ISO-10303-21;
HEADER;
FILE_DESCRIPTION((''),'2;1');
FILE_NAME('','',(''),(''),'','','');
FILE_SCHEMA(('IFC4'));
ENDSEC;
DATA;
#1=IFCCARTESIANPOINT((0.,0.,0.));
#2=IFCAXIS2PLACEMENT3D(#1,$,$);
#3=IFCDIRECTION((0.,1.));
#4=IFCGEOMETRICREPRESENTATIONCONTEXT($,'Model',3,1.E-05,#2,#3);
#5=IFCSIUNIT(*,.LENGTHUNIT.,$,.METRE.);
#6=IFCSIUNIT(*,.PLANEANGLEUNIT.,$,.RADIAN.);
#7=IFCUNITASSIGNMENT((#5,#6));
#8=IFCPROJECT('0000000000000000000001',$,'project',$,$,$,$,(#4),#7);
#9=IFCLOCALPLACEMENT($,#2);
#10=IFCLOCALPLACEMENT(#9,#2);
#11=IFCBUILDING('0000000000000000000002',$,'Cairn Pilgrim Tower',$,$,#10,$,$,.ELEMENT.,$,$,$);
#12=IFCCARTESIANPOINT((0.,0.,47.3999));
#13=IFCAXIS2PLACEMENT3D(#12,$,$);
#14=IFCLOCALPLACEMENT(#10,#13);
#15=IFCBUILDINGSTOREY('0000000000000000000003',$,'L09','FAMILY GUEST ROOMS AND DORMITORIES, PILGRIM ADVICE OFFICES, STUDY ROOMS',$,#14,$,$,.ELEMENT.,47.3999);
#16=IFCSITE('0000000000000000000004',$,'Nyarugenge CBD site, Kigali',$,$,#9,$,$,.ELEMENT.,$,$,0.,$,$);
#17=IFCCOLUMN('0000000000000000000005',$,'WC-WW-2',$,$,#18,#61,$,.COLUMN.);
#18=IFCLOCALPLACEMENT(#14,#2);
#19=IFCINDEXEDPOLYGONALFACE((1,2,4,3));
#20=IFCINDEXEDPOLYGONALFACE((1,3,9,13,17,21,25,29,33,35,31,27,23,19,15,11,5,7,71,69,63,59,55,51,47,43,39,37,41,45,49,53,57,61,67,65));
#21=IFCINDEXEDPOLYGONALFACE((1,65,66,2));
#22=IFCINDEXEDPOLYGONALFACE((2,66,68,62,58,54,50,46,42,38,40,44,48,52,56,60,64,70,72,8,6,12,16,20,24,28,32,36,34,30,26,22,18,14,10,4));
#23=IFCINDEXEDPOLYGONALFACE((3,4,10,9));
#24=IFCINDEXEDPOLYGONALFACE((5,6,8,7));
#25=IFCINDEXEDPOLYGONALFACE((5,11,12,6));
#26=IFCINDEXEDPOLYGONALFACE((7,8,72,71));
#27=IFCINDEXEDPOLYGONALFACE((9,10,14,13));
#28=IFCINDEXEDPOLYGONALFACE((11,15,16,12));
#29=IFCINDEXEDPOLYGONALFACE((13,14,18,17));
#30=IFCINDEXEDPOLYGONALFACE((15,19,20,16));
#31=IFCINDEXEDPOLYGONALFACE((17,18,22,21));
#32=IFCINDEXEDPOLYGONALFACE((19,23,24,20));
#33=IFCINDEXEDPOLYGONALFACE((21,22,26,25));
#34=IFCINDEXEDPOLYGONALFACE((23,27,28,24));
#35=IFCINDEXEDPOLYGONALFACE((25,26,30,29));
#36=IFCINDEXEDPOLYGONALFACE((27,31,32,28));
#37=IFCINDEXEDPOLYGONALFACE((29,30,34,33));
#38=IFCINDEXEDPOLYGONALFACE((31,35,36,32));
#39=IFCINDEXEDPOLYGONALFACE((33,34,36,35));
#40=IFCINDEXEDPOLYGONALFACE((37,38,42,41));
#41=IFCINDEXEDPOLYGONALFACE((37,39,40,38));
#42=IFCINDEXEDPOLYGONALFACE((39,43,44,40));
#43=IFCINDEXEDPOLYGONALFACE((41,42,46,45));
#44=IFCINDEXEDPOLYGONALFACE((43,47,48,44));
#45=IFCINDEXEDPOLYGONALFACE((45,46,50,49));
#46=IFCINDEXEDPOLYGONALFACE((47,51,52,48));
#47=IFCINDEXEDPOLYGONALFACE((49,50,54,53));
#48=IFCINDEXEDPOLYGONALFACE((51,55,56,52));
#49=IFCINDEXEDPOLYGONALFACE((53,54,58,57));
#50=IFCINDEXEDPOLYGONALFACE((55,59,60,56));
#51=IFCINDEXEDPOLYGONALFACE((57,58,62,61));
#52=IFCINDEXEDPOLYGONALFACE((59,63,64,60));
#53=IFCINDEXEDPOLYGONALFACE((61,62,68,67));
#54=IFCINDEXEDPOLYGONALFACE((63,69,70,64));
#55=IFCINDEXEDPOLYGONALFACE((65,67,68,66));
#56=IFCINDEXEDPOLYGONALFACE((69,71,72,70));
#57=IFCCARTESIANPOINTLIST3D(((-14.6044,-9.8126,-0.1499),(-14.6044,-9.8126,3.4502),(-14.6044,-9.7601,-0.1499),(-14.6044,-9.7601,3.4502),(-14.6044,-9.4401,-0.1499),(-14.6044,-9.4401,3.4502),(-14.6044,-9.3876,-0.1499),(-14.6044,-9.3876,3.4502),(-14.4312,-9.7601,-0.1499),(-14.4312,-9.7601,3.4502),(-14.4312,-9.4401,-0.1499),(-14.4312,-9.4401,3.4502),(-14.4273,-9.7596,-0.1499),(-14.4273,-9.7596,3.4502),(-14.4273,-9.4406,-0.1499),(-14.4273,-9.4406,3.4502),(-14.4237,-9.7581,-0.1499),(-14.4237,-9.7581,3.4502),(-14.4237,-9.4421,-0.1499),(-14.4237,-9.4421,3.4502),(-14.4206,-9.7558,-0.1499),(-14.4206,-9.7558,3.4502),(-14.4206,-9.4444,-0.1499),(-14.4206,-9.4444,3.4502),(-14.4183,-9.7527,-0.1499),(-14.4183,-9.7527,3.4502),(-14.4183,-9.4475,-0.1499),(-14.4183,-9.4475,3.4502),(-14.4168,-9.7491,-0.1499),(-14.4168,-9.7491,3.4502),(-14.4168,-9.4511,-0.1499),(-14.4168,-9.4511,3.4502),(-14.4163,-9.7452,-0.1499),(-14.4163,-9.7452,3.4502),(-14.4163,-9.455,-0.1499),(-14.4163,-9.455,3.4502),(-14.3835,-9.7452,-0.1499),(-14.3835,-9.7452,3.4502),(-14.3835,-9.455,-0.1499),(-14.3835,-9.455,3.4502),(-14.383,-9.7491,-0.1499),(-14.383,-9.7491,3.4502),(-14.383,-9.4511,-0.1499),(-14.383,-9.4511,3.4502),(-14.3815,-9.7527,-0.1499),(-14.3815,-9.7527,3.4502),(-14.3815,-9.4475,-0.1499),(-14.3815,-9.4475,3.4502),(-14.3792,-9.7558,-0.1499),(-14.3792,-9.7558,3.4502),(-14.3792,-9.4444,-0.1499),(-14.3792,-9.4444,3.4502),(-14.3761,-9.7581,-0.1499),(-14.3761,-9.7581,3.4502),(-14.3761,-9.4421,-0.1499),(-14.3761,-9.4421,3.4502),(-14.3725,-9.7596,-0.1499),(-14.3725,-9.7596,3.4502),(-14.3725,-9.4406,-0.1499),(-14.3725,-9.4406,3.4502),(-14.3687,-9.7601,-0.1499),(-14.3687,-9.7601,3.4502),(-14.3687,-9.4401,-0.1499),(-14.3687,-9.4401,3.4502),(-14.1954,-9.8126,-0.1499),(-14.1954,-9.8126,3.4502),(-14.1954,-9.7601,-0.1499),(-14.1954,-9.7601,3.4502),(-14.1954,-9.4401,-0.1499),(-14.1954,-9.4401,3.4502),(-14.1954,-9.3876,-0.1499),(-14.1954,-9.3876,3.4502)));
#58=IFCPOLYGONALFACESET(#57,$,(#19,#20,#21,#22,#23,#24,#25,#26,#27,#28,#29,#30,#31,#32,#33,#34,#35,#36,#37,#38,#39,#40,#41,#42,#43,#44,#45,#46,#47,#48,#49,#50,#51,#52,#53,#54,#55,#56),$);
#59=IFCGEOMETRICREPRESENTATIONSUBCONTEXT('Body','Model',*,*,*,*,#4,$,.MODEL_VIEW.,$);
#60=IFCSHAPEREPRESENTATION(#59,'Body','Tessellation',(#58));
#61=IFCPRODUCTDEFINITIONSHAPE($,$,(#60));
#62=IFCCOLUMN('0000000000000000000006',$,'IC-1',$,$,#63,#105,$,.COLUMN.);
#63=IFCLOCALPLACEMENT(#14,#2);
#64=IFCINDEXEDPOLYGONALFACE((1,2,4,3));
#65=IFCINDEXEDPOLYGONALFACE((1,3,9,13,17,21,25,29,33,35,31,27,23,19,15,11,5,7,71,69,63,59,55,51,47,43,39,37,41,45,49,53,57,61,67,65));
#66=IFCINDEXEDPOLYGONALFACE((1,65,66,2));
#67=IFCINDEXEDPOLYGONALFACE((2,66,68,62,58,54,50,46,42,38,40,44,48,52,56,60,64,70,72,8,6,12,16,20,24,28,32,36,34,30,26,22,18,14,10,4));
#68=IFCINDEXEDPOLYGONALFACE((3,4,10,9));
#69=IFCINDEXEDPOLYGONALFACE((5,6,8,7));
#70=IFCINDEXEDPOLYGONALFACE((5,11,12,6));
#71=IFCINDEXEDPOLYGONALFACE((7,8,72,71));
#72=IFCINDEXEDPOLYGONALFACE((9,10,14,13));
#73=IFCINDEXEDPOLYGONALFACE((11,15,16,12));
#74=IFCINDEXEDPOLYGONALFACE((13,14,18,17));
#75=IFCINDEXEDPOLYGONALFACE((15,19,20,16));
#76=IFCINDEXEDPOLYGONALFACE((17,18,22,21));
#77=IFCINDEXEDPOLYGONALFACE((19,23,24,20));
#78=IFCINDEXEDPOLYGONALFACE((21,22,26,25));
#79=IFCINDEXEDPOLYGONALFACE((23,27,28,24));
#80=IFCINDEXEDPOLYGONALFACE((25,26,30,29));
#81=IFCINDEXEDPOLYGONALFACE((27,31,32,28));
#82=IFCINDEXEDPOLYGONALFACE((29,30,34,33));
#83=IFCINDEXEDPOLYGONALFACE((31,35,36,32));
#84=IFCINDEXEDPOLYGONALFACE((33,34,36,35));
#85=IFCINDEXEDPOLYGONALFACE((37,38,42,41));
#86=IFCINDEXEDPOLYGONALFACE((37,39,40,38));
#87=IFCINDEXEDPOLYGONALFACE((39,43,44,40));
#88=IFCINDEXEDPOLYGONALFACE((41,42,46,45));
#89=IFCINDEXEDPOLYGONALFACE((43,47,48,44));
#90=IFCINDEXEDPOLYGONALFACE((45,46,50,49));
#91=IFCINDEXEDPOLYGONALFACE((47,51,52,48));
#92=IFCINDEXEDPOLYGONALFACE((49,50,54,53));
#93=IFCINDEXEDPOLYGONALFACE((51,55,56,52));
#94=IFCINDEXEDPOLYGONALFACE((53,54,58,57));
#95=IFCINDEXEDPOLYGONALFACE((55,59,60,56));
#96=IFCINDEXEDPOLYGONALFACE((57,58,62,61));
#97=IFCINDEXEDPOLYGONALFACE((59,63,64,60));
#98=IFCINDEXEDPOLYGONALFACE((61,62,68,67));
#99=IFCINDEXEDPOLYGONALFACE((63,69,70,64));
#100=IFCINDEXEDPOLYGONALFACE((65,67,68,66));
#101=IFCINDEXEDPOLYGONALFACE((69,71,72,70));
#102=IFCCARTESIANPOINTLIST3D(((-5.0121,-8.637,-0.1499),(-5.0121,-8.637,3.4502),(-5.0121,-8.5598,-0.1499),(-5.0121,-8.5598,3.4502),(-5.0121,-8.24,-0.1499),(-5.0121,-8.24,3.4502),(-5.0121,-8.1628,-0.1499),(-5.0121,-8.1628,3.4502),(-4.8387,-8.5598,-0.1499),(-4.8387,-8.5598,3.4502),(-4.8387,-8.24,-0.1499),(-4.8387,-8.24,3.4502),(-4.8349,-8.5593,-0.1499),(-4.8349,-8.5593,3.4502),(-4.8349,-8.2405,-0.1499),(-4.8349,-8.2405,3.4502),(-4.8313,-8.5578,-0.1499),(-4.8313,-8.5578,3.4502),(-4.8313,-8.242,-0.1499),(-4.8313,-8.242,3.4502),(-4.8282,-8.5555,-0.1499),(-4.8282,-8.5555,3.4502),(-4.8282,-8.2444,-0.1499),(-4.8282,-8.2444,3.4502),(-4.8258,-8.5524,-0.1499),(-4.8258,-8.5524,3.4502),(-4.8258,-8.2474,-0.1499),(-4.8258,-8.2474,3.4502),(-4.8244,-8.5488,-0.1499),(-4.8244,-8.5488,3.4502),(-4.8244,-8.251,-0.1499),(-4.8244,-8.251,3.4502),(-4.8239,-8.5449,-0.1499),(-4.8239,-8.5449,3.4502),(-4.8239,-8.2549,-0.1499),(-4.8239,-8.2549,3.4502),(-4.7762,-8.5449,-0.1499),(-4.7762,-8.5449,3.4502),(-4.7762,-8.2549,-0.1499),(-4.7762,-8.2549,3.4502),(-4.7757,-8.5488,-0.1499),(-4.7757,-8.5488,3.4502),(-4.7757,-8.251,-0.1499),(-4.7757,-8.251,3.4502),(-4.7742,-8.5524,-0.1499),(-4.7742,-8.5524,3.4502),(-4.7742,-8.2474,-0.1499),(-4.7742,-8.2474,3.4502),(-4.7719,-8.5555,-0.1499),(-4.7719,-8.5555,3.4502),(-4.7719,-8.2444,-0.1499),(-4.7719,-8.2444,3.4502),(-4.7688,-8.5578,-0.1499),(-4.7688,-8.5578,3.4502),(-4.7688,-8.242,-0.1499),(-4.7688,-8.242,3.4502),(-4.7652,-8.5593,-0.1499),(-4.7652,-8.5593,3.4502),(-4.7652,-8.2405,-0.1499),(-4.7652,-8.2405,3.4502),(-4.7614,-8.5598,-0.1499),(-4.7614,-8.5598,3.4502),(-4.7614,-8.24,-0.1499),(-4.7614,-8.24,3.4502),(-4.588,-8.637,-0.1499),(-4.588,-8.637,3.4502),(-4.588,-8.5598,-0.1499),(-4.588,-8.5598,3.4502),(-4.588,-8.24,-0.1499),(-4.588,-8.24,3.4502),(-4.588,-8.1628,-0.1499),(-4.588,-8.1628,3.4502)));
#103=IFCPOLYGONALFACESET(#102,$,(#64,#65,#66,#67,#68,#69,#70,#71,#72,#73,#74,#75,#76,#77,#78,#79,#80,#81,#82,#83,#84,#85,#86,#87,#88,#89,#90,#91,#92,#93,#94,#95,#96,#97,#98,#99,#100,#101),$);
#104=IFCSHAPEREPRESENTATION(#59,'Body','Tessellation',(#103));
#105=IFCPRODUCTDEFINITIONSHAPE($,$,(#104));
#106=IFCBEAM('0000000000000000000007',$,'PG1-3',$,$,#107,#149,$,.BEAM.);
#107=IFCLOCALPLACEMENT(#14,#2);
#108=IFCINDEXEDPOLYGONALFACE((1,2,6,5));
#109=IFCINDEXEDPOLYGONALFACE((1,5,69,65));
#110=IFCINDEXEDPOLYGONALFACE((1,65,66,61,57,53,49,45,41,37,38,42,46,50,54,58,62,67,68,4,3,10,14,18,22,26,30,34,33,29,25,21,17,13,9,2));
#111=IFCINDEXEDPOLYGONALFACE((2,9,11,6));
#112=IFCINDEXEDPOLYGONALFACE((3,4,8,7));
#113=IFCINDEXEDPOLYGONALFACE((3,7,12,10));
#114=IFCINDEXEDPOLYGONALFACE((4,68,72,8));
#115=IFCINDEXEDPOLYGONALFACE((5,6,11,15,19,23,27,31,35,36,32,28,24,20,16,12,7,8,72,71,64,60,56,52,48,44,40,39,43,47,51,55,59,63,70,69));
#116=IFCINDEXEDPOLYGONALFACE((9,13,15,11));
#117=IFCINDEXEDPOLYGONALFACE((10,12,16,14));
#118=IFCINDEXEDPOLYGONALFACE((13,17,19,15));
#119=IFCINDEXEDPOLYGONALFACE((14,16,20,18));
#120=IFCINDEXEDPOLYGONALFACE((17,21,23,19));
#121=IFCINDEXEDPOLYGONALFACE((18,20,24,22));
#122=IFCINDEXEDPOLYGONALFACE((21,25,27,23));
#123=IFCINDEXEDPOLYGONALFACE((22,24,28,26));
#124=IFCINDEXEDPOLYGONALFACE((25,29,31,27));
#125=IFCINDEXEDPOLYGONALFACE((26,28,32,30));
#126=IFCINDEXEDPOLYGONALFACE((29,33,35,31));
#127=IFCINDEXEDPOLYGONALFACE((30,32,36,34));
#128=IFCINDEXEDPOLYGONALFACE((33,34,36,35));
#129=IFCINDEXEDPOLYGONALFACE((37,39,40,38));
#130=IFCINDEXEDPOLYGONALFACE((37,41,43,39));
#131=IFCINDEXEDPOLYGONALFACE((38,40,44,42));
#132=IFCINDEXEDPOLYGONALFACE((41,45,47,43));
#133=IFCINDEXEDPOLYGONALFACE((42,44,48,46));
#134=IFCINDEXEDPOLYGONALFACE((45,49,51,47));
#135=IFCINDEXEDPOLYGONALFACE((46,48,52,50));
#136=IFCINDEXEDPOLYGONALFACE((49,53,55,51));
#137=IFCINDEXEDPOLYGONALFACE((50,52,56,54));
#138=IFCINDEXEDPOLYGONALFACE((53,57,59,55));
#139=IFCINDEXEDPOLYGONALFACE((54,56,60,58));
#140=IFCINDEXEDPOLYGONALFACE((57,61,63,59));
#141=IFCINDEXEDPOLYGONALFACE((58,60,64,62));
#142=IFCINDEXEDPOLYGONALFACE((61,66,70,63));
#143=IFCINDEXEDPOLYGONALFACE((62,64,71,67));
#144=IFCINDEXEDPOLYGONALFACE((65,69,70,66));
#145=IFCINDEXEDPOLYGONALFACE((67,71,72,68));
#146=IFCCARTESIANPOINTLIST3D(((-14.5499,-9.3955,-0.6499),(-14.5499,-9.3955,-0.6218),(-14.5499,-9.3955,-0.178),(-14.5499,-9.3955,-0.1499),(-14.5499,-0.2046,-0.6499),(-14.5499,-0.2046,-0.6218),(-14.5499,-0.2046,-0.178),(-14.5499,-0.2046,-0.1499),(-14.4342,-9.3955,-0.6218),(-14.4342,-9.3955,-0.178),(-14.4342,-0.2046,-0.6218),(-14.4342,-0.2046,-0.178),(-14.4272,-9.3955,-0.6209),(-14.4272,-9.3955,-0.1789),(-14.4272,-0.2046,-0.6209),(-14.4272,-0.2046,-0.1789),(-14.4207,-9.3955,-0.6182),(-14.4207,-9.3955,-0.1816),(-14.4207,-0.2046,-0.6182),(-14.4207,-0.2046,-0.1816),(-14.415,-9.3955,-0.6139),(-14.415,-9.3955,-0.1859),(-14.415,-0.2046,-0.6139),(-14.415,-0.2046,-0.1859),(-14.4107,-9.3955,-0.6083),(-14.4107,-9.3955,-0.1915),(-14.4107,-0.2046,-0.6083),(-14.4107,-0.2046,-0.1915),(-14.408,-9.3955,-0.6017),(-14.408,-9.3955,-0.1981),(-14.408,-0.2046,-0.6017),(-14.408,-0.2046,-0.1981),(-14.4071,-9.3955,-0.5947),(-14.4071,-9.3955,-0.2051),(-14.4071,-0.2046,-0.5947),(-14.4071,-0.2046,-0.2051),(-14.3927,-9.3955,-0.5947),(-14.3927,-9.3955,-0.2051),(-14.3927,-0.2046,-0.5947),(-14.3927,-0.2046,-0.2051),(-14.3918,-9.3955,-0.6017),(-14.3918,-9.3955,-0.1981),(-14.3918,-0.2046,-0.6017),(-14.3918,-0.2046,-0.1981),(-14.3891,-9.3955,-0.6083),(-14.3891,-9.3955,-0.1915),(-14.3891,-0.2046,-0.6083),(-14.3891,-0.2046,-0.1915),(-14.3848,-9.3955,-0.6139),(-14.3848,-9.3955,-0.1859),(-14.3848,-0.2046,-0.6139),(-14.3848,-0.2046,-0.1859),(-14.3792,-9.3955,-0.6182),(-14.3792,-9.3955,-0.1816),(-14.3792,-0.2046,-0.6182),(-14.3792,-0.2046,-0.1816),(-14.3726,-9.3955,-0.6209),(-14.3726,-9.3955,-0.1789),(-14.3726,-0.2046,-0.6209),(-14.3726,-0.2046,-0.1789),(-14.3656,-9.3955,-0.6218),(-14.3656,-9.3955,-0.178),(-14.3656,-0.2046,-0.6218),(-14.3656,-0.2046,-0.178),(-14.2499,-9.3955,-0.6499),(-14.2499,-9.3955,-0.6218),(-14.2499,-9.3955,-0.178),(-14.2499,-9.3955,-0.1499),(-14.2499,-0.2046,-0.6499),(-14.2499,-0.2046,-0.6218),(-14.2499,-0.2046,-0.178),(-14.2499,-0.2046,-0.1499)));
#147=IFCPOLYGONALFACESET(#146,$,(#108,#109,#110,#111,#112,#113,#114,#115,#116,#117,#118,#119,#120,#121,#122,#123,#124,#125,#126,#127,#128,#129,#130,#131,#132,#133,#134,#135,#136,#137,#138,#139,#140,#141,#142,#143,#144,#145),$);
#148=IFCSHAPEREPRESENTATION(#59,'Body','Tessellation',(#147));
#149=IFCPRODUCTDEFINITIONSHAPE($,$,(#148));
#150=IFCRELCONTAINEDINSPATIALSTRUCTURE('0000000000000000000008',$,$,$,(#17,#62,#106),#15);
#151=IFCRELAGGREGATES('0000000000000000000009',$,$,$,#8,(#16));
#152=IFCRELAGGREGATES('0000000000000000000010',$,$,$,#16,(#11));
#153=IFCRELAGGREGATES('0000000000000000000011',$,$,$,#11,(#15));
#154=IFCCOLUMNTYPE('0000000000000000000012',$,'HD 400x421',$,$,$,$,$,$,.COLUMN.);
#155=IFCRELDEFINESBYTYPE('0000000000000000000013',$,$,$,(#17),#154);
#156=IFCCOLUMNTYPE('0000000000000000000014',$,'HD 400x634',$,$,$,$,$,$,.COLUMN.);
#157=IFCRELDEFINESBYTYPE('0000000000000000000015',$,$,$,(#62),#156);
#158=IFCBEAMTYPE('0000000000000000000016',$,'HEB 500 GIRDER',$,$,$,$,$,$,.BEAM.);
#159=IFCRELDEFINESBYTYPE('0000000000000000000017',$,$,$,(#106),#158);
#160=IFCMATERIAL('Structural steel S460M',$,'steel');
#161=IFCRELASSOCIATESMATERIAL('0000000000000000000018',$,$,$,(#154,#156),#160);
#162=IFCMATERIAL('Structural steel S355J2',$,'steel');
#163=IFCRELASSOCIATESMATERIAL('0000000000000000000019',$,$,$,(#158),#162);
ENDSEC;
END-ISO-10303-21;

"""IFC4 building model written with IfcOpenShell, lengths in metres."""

from ifc_helpers import new_model, si_unit, direction, frame, origin, origin_2d, place, context, subcontext, project, spatial, i_section, extrude, material, material_profile, profile_set, type_object, element, save


model = new_model("IFC4")

# Units and contexts
model_context = context("Model", 3, precision=1e-05, world=origin(), true_north=direction((0.0, 1.0)))
body_context = subcontext(model_context, "Body", "Model", "MODEL_VIEW")
ifc_project = project(units=[si_unit("LENGTHUNIT", "METRE"), si_unit("PLANEANGLEUNIT", "RADIAN")], contexts=[model_context])

# Site, building, storey
site_placement = place(None, origin())
site = spatial("IfcSite", under=ifc_project, at=site_placement, Name="Nyarugenge CBD site, Kigali", CompositionType="ELEMENT", RefElevation=0.0)
building_placement = place(site_placement, origin())
building = spatial("IfcBuilding", under=site, at=building_placement, Name="Cairn Pilgrim Tower", CompositionType="ELEMENT")
storey_placement = place(building_placement, frame((0.0, 0.0, 47.3999)))
storey = spatial("IfcBuildingStorey", under=building, at=storey_placement, Name="L09", Description="FAMILY GUEST ROOMS AND DORMITORIES, PILGRIM ADVICE OFFICES, STUDY ROOMS", CompositionType="ELEMENT", Elevation=47.3999)

# Columns
ifc_material_1 = material(Name="Structural steel S460M", Category="steel")
ifc_material_profile_1 = material_profile(ifc_material_1, i_section(OverallWidth=0.4089, OverallDepth=0.425, WebThickness=0.0327, FlangeThickness=0.0525, FilletRadius=0.0149, at=origin_2d()), Name="HD 400x421")
ifc_profile_set_1 = profile_set([ifc_material_profile_1], Name="Structural steel S460M")
column_type_1 = type_object("IfcColumnType", Name="HD 400x421", PredefinedType="COLUMN", material=ifc_profile_set_1)
column_1_placement = place(storey_placement, frame((-14.3999, -9.6001, -0.1499), z_axis=(0.0, 0.0, 1.0), x_axis=(1.0, 0.0, 0.0)))
element("IfcColumn", 1, at=column_1_placement, inside=storey, type_object=column_type_1, Name="WC-WW-2", PredefinedType="COLUMN", context=body_context, shape_type="SweptSolid", body=[
    extrude(i_section(OverallWidth=0.4089, OverallDepth=0.425, WebThickness=0.0327, FlangeThickness=0.0525, FilletRadius=0.0149, at=origin_2d()), origin(), (0.0, 0.0, 1.0), 3.6001),
])
ifc_material_profile_2 = material_profile(ifc_material_1, i_section(OverallWidth=0.4241, OverallDepth=0.4741, WebThickness=0.0476, FlangeThickness=0.0771, FilletRadius=0.0149, at=origin_2d()), Name="HD 400x634")
ifc_profile_set_2 = profile_set([ifc_material_profile_2], Name="Structural steel S460M")
column_type_2 = type_object("IfcColumnType", Name="HD 400x634", PredefinedType="COLUMN", material=ifc_profile_set_2)
column_2_placement = place(storey_placement, frame((-4.8, -8.3999, -0.1499), z_axis=(0.0, 0.0, 1.0), x_axis=(1.0, 0.0, 0.0)))
element("IfcColumn", 2, at=column_2_placement, inside=storey, type_object=column_type_2, Name="IC-1", PredefinedType="COLUMN", context=body_context, shape_type="SweptSolid", body=[
    extrude(i_section(OverallWidth=0.4241, OverallDepth=0.4741, WebThickness=0.0476, FlangeThickness=0.0771, FilletRadius=0.0149, at=origin_2d()), origin(), (0.0, 0.0, 1.0), 3.6001),
])

# Beam
ifc_material_2 = material(Name="Structural steel S355J2", Category="steel")
ifc_material_profile_3 = material_profile(ifc_material_2, i_section(OverallWidth=0.3, OverallDepth=0.5, WebThickness=0.0144, FlangeThickness=0.0281, FilletRadius=0.0271, at=origin_2d()), Name="HEB 500")
ifc_profile_set_3 = profile_set([ifc_material_profile_3], Name="Structural steel S355J2")
beam_type_1 = type_object("IfcBeamType", Name="HEB 500 GIRDER", PredefinedType="BEAM", material=ifc_profile_set_3)
beam_1_placement = place(storey_placement, frame((-14.3999, -9.3955, -0.3999), z_axis=(0.0, 1.0, 0.0), x_axis=(-1.0, 0.0, 0.0)))
element("IfcBeam", 3, at=beam_1_placement, inside=storey, type_object=beam_type_1, Name="PG1-3", PredefinedType="BEAM", context=body_context, shape_type="SweptSolid", body=[
    extrude(i_section(OverallWidth=0.3, OverallDepth=0.5, WebThickness=0.0144, FlangeThickness=0.0281, FilletRadius=0.0271, at=origin_2d()), origin(), (0.0, 0.0, 1.0), 9.1909),
])

save(model, "model.ifc")
